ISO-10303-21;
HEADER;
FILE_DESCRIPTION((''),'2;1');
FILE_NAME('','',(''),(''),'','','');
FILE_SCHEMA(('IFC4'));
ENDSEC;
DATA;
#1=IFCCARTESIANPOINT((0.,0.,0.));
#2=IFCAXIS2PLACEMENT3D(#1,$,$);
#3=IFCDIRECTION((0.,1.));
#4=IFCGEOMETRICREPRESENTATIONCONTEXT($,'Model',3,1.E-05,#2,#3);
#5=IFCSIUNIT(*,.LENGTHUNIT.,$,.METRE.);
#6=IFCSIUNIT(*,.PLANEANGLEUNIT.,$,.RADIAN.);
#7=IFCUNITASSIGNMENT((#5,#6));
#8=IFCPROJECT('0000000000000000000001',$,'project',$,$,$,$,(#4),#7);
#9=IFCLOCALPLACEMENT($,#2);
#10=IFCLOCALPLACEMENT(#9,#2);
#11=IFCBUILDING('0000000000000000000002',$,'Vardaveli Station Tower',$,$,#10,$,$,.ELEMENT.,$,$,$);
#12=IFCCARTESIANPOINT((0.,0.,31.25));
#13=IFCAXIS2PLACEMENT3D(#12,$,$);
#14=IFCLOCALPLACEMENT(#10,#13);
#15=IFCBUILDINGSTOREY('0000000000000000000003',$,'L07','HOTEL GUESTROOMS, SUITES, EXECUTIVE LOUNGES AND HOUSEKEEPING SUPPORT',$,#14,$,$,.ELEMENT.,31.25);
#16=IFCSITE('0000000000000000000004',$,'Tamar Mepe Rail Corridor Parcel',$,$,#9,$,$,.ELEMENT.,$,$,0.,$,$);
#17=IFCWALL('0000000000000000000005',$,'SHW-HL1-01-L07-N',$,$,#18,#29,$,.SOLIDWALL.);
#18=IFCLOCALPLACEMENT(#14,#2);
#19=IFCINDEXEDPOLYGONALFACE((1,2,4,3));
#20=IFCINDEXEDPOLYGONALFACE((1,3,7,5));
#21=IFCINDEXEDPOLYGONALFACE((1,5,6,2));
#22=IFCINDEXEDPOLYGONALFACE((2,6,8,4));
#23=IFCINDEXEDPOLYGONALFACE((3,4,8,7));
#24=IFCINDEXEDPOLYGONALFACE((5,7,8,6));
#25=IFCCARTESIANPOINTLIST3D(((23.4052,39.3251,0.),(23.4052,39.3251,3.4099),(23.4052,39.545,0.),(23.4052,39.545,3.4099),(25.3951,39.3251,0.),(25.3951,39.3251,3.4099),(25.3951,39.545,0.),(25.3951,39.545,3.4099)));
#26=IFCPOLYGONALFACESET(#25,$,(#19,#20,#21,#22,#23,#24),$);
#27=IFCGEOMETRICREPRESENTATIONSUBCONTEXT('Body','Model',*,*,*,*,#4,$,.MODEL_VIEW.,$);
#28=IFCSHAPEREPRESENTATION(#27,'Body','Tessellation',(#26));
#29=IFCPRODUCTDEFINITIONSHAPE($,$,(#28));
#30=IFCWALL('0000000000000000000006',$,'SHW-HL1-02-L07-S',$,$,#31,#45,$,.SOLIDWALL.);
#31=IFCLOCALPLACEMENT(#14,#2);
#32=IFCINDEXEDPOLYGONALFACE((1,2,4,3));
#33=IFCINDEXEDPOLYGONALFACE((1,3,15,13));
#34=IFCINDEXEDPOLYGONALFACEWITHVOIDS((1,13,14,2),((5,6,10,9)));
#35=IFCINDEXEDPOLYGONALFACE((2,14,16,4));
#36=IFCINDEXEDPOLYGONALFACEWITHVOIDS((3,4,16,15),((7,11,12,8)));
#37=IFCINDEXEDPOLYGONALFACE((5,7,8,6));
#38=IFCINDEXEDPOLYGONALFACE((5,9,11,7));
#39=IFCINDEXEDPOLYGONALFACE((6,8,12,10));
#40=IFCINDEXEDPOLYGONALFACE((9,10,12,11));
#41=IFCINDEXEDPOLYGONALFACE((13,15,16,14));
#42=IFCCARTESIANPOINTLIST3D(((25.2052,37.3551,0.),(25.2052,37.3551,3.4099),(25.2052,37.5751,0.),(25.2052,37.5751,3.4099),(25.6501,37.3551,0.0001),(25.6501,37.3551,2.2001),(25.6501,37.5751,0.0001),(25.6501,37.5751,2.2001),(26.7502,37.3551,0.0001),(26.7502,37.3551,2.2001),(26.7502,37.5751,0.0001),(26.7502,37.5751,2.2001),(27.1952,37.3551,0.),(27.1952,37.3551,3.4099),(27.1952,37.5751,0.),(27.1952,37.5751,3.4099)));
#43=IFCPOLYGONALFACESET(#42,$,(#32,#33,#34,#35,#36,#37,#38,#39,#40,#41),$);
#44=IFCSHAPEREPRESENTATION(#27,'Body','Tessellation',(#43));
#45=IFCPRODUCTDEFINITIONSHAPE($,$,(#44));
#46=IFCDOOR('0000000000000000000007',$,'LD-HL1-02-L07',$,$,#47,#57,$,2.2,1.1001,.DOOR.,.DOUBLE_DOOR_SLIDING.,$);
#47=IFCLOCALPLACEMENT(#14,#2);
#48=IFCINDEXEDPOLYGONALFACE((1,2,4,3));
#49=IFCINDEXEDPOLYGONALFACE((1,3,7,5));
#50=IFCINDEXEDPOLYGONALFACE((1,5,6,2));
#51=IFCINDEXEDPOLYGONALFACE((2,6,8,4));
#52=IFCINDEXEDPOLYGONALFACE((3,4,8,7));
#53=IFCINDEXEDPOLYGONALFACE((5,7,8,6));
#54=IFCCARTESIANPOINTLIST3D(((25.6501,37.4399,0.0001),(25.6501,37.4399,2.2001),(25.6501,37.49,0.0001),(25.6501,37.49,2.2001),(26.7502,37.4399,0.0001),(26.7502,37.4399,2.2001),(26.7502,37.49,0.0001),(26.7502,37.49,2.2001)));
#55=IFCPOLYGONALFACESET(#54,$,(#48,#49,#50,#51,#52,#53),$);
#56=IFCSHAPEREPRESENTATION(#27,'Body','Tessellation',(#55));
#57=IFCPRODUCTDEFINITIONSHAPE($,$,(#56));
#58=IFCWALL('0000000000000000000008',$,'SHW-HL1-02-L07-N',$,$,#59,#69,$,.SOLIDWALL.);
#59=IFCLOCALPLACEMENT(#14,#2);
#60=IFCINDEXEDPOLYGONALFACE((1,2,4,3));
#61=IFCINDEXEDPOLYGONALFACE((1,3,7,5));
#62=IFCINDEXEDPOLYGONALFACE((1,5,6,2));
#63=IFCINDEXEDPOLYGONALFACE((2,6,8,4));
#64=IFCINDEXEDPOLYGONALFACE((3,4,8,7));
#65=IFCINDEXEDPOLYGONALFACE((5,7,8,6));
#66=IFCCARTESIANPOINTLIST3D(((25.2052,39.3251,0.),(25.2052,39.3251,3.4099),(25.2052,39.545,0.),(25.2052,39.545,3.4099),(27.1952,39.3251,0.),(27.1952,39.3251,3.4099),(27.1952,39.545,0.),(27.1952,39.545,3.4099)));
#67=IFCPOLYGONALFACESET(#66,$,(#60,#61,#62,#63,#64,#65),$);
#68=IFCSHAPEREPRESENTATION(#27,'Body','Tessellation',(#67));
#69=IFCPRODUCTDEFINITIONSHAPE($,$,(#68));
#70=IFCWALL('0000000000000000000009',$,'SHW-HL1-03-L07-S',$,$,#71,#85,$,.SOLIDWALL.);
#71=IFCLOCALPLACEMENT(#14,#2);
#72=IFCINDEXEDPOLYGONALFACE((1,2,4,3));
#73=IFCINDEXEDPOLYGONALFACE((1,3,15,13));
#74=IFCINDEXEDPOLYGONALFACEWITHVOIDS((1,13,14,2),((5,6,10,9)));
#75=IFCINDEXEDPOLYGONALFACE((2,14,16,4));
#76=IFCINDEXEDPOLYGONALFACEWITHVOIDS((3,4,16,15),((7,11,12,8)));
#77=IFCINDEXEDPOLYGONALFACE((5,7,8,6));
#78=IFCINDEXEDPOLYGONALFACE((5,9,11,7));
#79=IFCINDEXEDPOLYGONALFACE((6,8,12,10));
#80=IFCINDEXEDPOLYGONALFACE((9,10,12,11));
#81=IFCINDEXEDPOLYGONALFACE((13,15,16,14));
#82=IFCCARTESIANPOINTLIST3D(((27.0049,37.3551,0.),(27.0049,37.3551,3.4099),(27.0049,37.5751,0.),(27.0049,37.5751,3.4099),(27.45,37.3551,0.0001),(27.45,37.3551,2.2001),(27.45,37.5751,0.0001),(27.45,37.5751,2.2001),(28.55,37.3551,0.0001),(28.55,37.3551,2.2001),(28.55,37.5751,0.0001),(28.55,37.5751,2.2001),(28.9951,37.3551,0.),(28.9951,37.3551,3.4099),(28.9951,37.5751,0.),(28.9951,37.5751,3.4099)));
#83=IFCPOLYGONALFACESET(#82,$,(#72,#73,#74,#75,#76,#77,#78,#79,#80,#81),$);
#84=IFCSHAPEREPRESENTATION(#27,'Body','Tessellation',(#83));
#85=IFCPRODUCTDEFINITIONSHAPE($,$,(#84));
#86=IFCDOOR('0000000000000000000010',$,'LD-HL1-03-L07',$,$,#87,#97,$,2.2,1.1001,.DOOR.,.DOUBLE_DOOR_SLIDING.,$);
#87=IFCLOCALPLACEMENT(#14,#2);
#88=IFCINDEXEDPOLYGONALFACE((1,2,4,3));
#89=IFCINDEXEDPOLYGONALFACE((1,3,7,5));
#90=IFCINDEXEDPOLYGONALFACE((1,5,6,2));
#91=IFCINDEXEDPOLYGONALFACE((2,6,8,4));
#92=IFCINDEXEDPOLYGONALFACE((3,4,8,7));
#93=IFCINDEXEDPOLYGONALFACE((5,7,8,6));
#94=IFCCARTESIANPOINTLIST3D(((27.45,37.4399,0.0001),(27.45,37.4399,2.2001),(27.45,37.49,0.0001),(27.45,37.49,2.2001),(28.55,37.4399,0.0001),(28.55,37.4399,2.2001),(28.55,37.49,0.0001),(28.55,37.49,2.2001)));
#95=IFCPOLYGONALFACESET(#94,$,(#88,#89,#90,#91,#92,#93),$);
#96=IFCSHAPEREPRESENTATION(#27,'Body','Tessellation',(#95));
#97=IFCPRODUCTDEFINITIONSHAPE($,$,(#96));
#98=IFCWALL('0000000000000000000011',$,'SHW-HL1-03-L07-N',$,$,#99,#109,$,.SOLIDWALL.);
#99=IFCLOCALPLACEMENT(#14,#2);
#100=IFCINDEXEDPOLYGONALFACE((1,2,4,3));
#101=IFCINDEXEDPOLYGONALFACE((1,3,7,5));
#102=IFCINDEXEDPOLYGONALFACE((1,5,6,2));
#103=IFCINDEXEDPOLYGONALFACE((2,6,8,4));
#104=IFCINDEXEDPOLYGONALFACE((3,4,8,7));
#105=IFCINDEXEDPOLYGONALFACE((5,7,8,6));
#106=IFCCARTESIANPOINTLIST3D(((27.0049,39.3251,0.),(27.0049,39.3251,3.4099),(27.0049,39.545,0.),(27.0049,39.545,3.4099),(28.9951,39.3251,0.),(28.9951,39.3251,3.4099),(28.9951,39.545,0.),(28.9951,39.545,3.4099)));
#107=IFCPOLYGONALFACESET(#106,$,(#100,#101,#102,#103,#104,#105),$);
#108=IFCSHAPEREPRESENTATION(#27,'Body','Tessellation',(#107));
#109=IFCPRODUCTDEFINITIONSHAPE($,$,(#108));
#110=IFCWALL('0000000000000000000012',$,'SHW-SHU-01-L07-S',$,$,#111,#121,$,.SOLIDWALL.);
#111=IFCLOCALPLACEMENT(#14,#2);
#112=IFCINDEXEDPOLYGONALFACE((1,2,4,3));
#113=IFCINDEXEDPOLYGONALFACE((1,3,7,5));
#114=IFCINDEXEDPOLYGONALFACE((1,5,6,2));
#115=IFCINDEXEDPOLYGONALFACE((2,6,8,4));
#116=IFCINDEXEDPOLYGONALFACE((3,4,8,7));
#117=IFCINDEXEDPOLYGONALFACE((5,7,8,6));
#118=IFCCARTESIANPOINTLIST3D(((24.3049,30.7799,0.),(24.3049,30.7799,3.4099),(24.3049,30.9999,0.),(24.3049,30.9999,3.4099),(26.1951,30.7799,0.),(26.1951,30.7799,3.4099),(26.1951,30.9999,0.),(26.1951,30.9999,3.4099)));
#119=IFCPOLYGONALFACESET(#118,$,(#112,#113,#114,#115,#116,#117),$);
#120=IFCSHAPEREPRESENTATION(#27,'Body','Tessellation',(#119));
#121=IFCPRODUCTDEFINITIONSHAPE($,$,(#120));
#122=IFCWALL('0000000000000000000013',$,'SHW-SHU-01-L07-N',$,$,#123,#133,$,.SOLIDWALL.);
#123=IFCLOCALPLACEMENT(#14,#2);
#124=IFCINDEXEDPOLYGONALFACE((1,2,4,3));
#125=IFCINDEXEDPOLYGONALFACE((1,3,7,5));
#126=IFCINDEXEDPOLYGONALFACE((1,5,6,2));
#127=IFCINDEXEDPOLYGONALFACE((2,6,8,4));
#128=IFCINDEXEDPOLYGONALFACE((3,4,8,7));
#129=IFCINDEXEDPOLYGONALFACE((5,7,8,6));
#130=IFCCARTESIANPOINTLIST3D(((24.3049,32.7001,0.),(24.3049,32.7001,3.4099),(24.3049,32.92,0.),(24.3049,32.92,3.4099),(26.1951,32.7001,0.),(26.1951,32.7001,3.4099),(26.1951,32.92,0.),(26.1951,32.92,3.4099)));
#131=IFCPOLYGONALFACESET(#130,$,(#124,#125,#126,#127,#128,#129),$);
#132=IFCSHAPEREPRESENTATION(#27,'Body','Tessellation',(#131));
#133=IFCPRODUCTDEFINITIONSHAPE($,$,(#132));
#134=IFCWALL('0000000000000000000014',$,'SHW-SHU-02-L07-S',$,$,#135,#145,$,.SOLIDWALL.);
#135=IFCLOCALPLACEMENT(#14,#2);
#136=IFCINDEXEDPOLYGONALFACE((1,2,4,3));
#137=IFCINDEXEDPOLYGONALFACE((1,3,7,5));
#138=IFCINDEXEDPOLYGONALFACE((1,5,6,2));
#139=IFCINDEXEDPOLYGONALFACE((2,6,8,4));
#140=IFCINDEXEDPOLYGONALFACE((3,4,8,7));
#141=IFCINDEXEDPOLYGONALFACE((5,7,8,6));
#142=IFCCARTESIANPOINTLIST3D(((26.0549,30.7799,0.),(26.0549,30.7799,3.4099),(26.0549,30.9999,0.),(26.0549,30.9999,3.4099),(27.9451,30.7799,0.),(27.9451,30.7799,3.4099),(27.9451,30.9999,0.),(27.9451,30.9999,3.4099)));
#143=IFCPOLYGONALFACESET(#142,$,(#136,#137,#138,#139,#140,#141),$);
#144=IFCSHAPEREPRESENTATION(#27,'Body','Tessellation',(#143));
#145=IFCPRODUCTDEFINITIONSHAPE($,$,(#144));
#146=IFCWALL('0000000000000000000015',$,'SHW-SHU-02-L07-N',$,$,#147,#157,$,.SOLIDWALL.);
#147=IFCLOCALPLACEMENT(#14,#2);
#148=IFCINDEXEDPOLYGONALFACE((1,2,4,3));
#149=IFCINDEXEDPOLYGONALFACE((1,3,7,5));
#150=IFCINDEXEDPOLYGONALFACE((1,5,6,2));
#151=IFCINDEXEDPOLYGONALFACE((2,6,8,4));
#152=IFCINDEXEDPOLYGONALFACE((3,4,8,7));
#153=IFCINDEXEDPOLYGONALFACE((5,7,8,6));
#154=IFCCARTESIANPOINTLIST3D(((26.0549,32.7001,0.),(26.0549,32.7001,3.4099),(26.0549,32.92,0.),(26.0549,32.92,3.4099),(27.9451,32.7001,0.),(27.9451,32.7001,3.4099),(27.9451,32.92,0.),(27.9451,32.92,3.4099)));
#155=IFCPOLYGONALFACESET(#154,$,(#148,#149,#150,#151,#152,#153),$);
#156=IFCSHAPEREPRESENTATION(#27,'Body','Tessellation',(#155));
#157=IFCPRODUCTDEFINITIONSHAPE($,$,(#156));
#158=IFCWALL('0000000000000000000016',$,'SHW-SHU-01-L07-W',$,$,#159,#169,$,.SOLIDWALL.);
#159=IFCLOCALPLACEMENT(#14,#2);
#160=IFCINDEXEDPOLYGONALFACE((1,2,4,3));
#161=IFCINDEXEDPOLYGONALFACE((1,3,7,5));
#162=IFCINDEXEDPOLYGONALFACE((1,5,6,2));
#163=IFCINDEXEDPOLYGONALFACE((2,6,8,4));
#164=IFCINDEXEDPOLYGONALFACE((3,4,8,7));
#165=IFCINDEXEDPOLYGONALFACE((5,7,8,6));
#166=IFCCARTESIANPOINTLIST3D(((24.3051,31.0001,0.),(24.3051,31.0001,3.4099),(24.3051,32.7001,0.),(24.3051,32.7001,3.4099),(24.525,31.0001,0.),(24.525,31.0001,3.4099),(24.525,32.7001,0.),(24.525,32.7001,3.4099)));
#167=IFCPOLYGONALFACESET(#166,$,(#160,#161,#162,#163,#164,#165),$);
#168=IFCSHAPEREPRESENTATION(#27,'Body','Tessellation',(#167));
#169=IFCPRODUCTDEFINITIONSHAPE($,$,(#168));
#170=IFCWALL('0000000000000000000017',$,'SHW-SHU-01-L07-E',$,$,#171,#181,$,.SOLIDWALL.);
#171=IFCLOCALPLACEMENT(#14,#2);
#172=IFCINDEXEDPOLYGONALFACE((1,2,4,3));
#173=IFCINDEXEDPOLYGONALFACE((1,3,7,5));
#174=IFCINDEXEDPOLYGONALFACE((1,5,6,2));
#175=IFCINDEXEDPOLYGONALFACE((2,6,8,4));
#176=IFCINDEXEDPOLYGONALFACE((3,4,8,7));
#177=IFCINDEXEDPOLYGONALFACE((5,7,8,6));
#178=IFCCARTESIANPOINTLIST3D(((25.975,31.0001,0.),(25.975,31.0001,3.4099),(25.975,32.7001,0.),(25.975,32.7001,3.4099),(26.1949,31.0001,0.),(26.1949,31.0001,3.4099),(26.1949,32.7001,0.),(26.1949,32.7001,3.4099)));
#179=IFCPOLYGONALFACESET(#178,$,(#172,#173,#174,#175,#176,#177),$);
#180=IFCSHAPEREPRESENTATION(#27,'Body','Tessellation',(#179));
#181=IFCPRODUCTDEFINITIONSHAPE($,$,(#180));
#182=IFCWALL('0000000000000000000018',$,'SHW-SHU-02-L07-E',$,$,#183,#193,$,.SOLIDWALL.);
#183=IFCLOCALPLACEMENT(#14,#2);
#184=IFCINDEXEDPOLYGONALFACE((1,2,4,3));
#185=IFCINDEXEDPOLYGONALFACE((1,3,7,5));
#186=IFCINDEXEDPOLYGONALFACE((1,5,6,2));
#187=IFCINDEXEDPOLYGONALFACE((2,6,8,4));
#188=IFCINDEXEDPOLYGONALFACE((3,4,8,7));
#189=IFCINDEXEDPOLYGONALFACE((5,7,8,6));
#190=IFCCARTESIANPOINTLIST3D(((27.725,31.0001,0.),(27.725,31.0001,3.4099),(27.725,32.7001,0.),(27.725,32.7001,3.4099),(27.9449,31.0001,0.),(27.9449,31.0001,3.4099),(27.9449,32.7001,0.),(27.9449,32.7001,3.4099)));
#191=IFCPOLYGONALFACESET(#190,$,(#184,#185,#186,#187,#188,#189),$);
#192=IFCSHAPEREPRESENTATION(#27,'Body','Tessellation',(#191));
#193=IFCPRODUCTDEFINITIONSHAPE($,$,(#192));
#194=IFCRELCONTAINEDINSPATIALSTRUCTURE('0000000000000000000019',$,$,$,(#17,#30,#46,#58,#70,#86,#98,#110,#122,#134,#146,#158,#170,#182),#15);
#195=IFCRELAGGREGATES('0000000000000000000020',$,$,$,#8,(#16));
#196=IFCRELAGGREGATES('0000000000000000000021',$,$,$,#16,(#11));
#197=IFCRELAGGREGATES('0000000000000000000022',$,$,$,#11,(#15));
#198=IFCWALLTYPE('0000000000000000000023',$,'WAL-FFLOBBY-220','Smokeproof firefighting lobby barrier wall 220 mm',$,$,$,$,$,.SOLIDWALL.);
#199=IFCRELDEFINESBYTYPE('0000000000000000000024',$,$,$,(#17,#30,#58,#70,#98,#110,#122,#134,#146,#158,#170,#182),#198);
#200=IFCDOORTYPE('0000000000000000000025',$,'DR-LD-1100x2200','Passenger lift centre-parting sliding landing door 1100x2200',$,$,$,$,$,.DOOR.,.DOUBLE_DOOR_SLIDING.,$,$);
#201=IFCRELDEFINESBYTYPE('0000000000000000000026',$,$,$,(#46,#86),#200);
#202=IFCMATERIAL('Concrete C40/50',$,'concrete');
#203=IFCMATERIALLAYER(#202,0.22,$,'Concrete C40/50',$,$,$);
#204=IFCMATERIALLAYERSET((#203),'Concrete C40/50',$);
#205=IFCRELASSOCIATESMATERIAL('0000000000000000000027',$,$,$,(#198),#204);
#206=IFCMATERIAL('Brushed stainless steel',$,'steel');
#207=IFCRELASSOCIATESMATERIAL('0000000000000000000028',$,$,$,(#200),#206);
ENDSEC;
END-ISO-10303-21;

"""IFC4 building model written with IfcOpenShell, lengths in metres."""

from ifc_helpers import new_model, si_unit, direction, frame, frame_2d, origin, place, context, subcontext, project, spatial, rectangle, extrude, source, transform, mapped, material, layer, layer_set, type_object, element, fill, save


model = new_model("IFC4")

# Units and contexts
model_context = context("Model", 3, precision=1e-05, world=origin(), true_north=direction((0.0, 1.0)))
body_context = subcontext(model_context, "Body", "Model", "MODEL_VIEW")
ifc_project = project(units=[si_unit("LENGTHUNIT", "METRE"), si_unit("PLANEANGLEUNIT", "RADIAN")], contexts=[model_context])

# Site, building, storey
site_placement = place(None, origin())
site = spatial("IfcSite", under=ifc_project, at=site_placement, Name="Tamar Mepe Rail Corridor Parcel", CompositionType="ELEMENT", RefElevation=0.0)
building_placement = place(site_placement, origin())
building = spatial("IfcBuilding", under=site, at=building_placement, Name="Vardaveli Station Tower", CompositionType="ELEMENT")
storey_placement = place(building_placement, frame((0.0, 0.0, 31.25)))
storey = spatial("IfcBuildingStorey", under=building, at=storey_placement, Name="L07", Description="HOTEL GUESTROOMS, SUITES, EXECUTIVE LOUNGES AND HOUSEKEEPING SUPPORT", CompositionType="ELEMENT", Elevation=31.25)

# Shared definitions
ifc_material_1 = material(Name="Concrete C40/50", Category="concrete")
ifc_layer = layer(ifc_material_1, 0.22, Name="Concrete C40/50")
ifc_layer_set = layer_set([ifc_layer], Name="Concrete C40/50")
wall_type = type_object("IfcWallType", Name="WAL-FFLOBBY-220", Description="Smokeproof firefighting lobby barrier wall 220 mm", PredefinedType="SOLIDWALL", material=ifc_layer_set)

# Shared definitions
shared_shape_1 = source(origin(), body_context, "Body", "SweptSolid", [
    extrude(rectangle(XDim=1.99, YDim=0.22, at=frame_2d((0.9951, 0.0))), origin(), (0.0, 0.0, 1.0), 3.4099),
])
shared_shape_2 = source(origin(), body_context, "Body", "SweptSolid", [
    extrude(rectangle(XDim=1.1001, YDim=2.2, at=frame_2d((0.55, 1.1001))), frame((0.0, 0.1201, 0.0), z_axis=(0.0, -1.0, 0.0), x_axis=(1.0, 0.0, 0.0)), (0.0, 0.0, 1.0), 0.24),
])
ifc_material_2 = material(Name="Brushed stainless steel", Category="steel")
door_type = type_object("IfcDoorType", Name="DR-LD-1100x2200", Description="Passenger lift centre-parting sliding landing door 1100x2200", OperationType="DOUBLE_DOOR_SLIDING", PredefinedType="DOOR", material=ifc_material_2)
shared_shape_3 = source(origin(), body_context, "Body", "SweptSolid", [
    extrude(rectangle(XDim=1.1001, YDim=2.2, at=frame_2d((0.55, 1.1001))), frame((0.0, 0.0249, 0.0), z_axis=(0.0, -1.0, 0.0), x_axis=(1.0, 0.0, 0.0)), (0.0, 0.0, 1.0), 0.05),
])

# Wall
wall_1_placement = place(storey_placement, frame((23.405, 39.4351, 0.0), z_axis=(0.0, 0.0, 1.0), x_axis=(1.0, 0.0, 0.0)))
element("IfcWall", 1, at=wall_1_placement, inside=storey, type_object=wall_type, Name="SHW-HL1-01-L07-N", PredefinedType="SOLIDWALL", context=body_context, shape_type="MappedRepresentation", body=[
    mapped(shared_shape_1, transform((0.0, 0.0, 0.0), scale=1.0)),
])

# Wall, opening, door
wall_2_placement = place(storey_placement, frame((25.2051, 37.4651, 0.0), z_axis=(0.0, 0.0, 1.0), x_axis=(1.0, 0.0, 0.0)))
wall_2 = element("IfcWall", 2, at=wall_2_placement, inside=storey, type_object=wall_type, Name="SHW-HL1-02-L07-S", PredefinedType="SOLIDWALL", context=body_context, shape_type="MappedRepresentation", body=[
    mapped(shared_shape_1, transform((0.0, 0.0, 0.0), scale=1.0)),
])
opening_1_placement = place(wall_2_placement, frame((0.4451, 0.0, 0.0)))
opening_1 = element("IfcOpeningElement", 3, at=opening_1_placement, cuts=wall_2, PredefinedType="OPENING", context=body_context, shape_type="MappedRepresentation", body=[
    mapped(shared_shape_2, transform((0.0, 0.0, 0.0), scale=1.0)),
])
door_1_placement = place(opening_1_placement, origin())
door_1 = element("IfcDoor", 4, at=door_1_placement, inside=storey, type_object=door_type, Name="LD-HL1-02-L07", OperationType="DOUBLE_DOOR_SLIDING", OverallHeight=2.2, OverallWidth=1.1001, PredefinedType="DOOR", context=body_context, shape_type="MappedRepresentation", body=[
    mapped(shared_shape_3, transform((0.0, 0.0, 0.0), scale=1.0)),
])
fill(opening_1, door_1)

# Wall
wall_3_placement = place(storey_placement, frame((25.2051, 39.4351, 0.0), z_axis=(0.0, 0.0, 1.0), x_axis=(1.0, 0.0, 0.0)))
element("IfcWall", 5, at=wall_3_placement, inside=storey, type_object=wall_type, Name="SHW-HL1-02-L07-N", PredefinedType="SOLIDWALL", context=body_context, shape_type="MappedRepresentation", body=[
    mapped(shared_shape_1, transform((0.0, 0.0, 0.0), scale=1.0)),
])

# Wall, opening, door
shared_shape_4 = source(origin(), body_context, "Body", "SweptSolid", [
    extrude(rectangle(XDim=1.9902, YDim=0.22, at=frame_2d((0.9951, 0.0))), origin(), (0.0, 0.0, 1.0), 3.4099),
])
wall_4_placement = place(storey_placement, frame((27.0049, 37.4651, 0.0), z_axis=(0.0, 0.0, 1.0), x_axis=(1.0, 0.0, 0.0)))
wall_4 = element("IfcWall", 6, at=wall_4_placement, inside=storey, type_object=wall_type, Name="SHW-HL1-03-L07-S", PredefinedType="SOLIDWALL", context=body_context, shape_type="MappedRepresentation", body=[
    mapped(shared_shape_4, transform((0.0, 0.0, 0.0), scale=1.0)),
])
opening_2_placement = place(wall_4_placement, frame((0.4451, 0.0, 0.0)))
opening_2 = element("IfcOpeningElement", 7, at=opening_2_placement, cuts=wall_4, PredefinedType="OPENING", context=body_context, shape_type="MappedRepresentation", body=[
    mapped(shared_shape_2, transform((0.0, 0.0, 0.0), scale=1.0)),
])
door_2_placement = place(opening_2_placement, origin())
door_2 = element("IfcDoor", 8, at=door_2_placement, inside=storey, type_object=door_type, Name="LD-HL1-03-L07", OperationType="DOUBLE_DOOR_SLIDING", OverallHeight=2.2, OverallWidth=1.1001, PredefinedType="DOOR", context=body_context, shape_type="MappedRepresentation", body=[
    mapped(shared_shape_3, transform((0.0, 0.0, 0.0), scale=1.0)),
])
fill(opening_2, door_2)

# Walls
wall_5_placement = place(storey_placement, frame((27.0049, 39.4351, 0.0), z_axis=(0.0, 0.0, 1.0), x_axis=(1.0, 0.0, 0.0)))
element("IfcWall", 9, at=wall_5_placement, inside=storey, type_object=wall_type, Name="SHW-HL1-03-L07-N", PredefinedType="SOLIDWALL", context=body_context, shape_type="MappedRepresentation", body=[
    mapped(shared_shape_4, transform((0.0, 0.0, 0.0), scale=1.0)),
])
shared_shape_5 = source(origin(), body_context, "Body", "SweptSolid", [
    extrude(rectangle(XDim=1.8901, YDim=0.22, at=frame_2d((0.9451, 0.0))), origin(), (0.0, 0.0, 1.0), 3.4099),
])
for number, where, z_axis, x_axis, name in (
    (10, (24.3049, 30.8899, 0.0), (0.0, 0.0, 1.0), (1.0, 0.0, 0.0), "SHW-SHU-01-L07-S"),
    (11, (24.3049, 32.8101, 0.0), (0.0, 0.0, 1.0), (1.0, 0.0, 0.0), "SHW-SHU-01-L07-N"),
    (12, (26.0549, 30.8899, 0.0), (0.0, 0.0, 1.0), (1.0, 0.0, 0.0), "SHW-SHU-02-L07-S"),
    (13, (26.0549, 32.8101, 0.0), (0.0, 0.0, 1.0), (1.0, 0.0, 0.0), "SHW-SHU-02-L07-N"),
):
    element("IfcWall", number, at=place(storey_placement, frame(where, z_axis=z_axis, x_axis=x_axis)), inside=storey, type_object=wall_type, Name=name, PredefinedType="SOLIDWALL", context=body_context, shape_type="MappedRepresentation", body=[
        mapped(shared_shape_5, transform((0.0, 0.0, 0.0), scale=1.0)),
    ])
shared_shape_6 = source(origin(), body_context, "Body", "SweptSolid", [
    extrude(rectangle(XDim=1.7, YDim=0.22, at=frame_2d((0.8501, 0.0))), origin(), (0.0, 0.0, 1.0), 3.4099),
])
for number, where, z_axis, x_axis, name in (
    (14, (24.415, 31.0, 0.0), (0.0, 0.0, 1.0), (0.0, 1.0, 0.0), "SHW-SHU-01-L07-W"),
    (15, (26.085, 31.0, 0.0), (0.0, 0.0, 1.0), (0.0, 1.0, 0.0), "SHW-SHU-01-L07-E"),
    (16, (27.835, 31.0, 0.0), (0.0, 0.0, 1.0), (0.0, 1.0, 0.0), "SHW-SHU-02-L07-E"),
):
    element("IfcWall", number, at=place(storey_placement, frame(where, z_axis=z_axis, x_axis=x_axis)), inside=storey, type_object=wall_type, Name=name, PredefinedType="SOLIDWALL", context=body_context, shape_type="MappedRepresentation", body=[
        mapped(shared_shape_6, transform((0.0, 0.0, 0.0), scale=1.0)),
    ])

save(model, "model.ifc")
